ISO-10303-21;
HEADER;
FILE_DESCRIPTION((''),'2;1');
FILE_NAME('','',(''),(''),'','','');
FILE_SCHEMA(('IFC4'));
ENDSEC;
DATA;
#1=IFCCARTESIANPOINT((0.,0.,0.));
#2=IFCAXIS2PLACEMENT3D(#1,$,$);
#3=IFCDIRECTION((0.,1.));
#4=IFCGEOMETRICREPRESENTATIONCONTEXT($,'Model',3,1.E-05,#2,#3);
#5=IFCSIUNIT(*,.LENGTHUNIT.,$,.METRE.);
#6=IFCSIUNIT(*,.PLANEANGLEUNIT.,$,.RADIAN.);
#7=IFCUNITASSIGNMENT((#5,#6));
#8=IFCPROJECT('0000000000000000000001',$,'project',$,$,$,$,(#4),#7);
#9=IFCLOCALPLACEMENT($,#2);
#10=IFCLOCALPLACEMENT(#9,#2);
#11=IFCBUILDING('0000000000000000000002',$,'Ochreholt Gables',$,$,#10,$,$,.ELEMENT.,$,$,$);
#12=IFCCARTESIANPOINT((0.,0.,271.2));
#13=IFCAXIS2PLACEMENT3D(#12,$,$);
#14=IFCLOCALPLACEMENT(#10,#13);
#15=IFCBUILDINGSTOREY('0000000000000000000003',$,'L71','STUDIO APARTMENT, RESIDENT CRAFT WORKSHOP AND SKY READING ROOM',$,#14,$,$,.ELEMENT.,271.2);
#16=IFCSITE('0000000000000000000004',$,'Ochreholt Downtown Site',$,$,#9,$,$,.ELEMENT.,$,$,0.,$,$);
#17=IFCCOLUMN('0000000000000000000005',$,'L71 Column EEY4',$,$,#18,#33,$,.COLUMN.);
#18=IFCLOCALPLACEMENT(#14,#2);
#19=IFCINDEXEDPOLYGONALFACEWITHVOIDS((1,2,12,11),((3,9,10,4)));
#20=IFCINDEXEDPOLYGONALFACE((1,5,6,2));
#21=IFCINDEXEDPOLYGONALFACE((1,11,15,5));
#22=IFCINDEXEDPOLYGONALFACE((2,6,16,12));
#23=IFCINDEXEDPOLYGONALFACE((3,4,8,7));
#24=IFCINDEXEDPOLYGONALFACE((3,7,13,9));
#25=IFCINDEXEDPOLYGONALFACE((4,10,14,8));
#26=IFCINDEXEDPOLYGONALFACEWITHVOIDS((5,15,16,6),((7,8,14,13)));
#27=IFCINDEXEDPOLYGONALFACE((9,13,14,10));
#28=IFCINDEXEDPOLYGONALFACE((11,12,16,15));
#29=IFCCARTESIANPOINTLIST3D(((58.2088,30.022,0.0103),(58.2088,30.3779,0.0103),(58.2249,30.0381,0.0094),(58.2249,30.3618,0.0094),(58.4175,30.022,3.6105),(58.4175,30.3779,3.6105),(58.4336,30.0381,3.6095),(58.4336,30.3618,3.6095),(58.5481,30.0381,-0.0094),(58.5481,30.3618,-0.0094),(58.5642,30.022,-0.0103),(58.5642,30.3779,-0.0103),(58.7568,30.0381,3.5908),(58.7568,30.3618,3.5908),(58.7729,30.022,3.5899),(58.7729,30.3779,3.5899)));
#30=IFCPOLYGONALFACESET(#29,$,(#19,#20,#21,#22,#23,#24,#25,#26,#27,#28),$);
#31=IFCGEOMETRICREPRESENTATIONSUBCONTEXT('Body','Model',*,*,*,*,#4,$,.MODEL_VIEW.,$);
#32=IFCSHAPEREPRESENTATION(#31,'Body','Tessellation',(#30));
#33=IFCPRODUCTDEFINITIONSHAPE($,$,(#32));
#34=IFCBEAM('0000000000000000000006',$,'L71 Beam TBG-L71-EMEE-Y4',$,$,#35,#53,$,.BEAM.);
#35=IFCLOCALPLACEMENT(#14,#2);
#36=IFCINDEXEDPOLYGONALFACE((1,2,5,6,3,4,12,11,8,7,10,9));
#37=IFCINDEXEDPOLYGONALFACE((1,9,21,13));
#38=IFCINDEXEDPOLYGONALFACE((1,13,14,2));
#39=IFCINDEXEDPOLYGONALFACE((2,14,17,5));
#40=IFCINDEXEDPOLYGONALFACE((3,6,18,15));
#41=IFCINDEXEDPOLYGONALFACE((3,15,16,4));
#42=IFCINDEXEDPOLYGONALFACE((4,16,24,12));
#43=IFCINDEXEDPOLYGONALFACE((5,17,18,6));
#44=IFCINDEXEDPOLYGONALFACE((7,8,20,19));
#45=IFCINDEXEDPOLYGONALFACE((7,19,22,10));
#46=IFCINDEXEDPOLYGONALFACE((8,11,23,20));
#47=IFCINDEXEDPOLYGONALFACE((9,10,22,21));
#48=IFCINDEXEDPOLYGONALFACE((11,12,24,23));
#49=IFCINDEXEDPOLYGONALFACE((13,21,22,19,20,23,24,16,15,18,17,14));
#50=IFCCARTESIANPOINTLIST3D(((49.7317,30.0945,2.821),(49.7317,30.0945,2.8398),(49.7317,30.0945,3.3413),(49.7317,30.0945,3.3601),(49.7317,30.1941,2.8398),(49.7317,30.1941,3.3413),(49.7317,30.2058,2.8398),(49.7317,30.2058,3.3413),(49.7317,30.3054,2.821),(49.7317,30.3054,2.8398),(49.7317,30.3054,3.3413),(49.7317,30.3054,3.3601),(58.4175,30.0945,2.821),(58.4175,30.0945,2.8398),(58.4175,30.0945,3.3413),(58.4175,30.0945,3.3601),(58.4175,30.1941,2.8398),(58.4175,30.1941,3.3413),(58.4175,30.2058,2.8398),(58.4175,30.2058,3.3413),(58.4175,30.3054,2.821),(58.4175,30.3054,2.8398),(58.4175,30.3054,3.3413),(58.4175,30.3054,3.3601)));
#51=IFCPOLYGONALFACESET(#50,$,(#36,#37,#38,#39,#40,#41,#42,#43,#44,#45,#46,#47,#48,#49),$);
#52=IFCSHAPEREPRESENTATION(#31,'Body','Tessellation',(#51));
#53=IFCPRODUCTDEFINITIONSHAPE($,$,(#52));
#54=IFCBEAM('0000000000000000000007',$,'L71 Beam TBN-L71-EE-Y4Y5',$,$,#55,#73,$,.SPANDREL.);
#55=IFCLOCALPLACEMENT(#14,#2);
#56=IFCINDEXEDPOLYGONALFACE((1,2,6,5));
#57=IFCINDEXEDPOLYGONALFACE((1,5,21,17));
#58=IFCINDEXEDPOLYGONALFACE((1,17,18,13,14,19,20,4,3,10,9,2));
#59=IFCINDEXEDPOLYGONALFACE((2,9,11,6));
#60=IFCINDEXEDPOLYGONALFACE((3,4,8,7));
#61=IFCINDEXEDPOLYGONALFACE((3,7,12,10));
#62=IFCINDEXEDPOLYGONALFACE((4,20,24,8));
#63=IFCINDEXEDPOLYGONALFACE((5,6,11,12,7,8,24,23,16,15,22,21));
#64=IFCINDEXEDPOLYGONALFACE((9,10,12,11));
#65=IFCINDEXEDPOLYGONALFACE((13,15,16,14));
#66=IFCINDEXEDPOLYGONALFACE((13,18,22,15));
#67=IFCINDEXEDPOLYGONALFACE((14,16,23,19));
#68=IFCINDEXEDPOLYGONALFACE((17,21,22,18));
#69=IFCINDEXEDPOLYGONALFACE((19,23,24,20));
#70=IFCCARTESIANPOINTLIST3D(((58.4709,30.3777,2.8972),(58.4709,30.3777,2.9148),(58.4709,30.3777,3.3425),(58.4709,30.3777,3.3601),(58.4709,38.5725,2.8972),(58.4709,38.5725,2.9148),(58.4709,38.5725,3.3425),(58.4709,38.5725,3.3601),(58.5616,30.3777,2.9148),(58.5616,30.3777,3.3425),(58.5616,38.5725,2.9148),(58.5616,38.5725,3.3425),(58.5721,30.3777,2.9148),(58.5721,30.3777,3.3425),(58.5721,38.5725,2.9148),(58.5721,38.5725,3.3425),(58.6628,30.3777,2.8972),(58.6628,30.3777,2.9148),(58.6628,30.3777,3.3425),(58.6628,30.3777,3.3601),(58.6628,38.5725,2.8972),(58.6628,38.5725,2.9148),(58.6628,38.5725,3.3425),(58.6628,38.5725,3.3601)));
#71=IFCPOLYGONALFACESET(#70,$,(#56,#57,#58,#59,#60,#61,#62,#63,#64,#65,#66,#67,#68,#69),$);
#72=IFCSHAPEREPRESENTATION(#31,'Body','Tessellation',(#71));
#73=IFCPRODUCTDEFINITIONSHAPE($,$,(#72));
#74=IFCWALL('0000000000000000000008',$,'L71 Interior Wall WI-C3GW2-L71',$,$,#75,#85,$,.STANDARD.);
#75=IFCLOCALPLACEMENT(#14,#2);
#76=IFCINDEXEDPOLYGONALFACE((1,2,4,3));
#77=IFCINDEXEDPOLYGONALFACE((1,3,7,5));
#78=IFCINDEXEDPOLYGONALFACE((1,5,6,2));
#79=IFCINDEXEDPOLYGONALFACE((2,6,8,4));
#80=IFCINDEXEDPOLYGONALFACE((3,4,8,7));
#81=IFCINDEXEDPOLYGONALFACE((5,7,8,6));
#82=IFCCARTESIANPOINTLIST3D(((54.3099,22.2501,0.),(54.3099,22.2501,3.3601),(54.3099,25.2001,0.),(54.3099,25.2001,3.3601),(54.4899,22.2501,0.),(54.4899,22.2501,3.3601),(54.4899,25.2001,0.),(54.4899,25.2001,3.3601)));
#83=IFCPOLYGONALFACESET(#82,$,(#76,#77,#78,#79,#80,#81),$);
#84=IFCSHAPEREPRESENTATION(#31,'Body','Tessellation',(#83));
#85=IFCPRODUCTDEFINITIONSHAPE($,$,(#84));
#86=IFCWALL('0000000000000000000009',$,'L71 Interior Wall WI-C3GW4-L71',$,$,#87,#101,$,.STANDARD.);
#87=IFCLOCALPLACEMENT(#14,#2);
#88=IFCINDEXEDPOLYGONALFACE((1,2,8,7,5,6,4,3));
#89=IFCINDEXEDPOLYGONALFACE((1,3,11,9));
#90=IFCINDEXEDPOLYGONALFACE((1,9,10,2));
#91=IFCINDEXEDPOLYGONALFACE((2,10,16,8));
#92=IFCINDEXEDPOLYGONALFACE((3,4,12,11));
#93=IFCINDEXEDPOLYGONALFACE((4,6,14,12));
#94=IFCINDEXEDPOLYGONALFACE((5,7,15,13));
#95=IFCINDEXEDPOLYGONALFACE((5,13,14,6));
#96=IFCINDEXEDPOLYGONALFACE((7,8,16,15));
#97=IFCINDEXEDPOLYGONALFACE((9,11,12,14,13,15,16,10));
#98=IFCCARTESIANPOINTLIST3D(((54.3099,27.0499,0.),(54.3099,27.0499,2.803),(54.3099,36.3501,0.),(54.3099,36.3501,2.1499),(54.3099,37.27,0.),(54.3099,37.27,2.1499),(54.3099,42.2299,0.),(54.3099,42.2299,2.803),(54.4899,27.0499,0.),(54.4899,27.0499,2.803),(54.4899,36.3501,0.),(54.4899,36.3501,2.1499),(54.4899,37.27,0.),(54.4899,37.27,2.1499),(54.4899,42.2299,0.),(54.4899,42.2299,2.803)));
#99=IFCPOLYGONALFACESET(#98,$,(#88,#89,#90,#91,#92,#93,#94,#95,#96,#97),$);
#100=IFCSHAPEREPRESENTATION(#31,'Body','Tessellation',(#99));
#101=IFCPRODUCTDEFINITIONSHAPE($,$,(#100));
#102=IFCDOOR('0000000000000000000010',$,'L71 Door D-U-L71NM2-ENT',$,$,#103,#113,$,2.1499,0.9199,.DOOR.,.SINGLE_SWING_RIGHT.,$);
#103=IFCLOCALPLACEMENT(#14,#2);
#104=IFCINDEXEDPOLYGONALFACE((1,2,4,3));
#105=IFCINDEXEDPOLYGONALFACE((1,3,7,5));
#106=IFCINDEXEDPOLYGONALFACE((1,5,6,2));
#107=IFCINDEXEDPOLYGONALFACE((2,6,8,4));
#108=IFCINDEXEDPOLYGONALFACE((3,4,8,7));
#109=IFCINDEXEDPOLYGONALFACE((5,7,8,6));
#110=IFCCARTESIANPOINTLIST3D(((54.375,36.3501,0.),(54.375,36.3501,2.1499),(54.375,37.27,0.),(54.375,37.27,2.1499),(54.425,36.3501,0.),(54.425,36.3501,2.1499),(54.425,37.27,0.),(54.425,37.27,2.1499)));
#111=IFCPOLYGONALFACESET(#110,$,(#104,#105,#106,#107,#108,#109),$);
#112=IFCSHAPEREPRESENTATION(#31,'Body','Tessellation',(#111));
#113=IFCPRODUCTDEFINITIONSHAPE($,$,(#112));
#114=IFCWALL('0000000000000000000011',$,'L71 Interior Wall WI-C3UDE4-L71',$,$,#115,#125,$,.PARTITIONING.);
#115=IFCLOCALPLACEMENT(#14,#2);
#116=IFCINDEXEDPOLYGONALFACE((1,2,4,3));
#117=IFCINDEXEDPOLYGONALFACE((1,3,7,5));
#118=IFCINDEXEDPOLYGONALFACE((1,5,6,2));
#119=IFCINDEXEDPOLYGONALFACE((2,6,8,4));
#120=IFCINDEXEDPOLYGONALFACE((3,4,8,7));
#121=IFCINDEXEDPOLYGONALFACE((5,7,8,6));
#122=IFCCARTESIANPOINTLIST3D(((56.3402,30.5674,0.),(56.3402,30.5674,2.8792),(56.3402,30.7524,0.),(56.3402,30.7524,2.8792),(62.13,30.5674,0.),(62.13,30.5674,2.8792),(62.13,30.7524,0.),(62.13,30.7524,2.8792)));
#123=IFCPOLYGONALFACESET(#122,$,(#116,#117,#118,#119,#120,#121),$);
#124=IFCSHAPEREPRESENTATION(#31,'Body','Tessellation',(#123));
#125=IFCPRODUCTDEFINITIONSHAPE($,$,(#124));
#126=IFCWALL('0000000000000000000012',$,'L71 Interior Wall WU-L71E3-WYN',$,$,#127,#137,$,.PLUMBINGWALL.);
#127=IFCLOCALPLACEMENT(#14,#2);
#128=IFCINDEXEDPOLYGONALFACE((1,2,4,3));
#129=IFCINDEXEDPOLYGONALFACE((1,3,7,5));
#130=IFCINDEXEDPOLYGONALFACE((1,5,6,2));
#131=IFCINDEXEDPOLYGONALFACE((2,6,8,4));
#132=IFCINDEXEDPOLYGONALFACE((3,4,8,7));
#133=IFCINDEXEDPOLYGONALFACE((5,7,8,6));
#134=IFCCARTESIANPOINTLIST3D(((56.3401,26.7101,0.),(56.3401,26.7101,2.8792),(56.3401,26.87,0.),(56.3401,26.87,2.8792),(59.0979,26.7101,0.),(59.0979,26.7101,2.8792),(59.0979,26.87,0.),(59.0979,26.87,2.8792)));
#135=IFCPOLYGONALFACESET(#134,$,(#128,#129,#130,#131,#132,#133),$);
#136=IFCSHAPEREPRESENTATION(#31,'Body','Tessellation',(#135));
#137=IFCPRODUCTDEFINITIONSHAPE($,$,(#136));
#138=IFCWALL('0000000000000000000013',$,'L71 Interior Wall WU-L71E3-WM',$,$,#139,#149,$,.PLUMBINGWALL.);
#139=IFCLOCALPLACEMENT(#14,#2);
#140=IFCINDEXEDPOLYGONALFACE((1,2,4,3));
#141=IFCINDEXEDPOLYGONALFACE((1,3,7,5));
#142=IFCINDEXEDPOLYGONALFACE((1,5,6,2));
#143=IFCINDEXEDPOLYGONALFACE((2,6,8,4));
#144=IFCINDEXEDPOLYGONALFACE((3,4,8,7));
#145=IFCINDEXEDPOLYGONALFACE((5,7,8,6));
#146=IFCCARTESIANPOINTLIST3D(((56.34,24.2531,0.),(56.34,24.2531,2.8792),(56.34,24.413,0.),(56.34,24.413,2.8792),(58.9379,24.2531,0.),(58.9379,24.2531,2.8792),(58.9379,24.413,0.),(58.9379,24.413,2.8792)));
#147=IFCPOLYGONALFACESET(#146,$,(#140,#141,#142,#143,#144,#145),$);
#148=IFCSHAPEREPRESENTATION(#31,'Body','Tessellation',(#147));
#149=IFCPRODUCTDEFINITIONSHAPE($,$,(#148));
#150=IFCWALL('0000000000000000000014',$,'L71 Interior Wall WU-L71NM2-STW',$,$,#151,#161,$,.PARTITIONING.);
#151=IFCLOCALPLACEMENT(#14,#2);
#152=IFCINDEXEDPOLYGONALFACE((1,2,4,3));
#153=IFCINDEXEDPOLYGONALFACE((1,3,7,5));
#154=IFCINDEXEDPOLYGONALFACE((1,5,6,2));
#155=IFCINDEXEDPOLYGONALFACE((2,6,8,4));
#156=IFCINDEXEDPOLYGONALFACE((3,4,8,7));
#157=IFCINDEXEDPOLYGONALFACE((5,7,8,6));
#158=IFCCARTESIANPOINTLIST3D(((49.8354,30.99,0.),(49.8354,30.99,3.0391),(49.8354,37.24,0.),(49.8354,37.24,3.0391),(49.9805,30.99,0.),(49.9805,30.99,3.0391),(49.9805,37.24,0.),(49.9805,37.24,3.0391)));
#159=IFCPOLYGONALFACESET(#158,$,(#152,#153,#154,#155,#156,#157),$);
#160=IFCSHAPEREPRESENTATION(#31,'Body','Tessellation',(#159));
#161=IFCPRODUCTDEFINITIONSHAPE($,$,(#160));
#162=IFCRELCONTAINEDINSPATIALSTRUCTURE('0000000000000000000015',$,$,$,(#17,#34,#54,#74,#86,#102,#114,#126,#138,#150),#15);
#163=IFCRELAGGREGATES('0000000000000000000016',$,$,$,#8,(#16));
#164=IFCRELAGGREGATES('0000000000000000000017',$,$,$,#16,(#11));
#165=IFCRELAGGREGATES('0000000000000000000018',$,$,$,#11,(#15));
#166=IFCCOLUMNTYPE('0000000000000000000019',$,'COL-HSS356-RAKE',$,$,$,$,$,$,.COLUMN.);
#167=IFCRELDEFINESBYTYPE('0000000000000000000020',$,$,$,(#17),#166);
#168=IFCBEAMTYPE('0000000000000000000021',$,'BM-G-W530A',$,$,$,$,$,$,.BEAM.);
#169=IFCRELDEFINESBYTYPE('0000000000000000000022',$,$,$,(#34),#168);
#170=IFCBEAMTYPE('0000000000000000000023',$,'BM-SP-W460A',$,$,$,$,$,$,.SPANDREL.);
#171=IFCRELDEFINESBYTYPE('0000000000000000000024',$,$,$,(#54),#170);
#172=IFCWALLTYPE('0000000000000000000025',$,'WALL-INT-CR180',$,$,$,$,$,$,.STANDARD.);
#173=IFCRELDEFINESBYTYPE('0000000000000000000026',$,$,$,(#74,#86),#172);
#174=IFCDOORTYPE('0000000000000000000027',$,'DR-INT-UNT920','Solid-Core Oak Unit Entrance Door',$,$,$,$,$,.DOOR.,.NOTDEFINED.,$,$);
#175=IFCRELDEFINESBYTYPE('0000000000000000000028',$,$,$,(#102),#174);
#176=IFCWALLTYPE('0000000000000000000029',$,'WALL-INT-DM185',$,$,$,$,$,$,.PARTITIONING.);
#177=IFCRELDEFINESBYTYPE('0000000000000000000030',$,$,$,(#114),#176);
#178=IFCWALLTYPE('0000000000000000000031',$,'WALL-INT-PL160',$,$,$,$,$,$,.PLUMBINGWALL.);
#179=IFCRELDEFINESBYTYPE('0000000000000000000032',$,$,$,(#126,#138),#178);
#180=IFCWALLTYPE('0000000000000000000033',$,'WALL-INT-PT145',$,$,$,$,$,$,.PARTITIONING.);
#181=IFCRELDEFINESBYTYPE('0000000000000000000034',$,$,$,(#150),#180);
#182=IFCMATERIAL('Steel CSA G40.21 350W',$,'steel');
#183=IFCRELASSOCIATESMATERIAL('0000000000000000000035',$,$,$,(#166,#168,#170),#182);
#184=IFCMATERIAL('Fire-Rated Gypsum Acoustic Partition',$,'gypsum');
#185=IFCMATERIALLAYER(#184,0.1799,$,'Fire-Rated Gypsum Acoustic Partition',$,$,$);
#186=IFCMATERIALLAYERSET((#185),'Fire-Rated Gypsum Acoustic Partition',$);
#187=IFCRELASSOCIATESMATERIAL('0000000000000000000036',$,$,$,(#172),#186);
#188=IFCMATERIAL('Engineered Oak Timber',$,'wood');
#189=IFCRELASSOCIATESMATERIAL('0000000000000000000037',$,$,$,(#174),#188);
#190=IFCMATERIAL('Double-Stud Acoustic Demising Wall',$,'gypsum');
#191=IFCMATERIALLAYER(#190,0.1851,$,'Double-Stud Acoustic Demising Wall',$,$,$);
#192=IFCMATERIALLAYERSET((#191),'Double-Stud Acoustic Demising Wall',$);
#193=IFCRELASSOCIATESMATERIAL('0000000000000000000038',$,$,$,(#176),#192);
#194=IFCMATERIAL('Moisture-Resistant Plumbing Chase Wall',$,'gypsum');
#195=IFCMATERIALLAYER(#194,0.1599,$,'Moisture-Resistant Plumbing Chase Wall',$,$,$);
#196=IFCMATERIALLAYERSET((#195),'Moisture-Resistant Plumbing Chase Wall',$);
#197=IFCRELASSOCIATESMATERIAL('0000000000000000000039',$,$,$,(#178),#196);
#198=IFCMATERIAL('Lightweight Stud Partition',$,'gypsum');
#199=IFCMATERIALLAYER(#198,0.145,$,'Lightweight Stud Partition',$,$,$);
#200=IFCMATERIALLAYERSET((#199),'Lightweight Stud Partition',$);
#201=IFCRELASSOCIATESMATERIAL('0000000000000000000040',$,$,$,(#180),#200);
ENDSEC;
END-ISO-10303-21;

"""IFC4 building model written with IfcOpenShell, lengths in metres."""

from ifc_helpers import new_model, si_unit, direction, frame, frame_2d, origin, origin_2d, place, context, subcontext, project, spatial, rectangle, hollow_rectangle, i_section, extrude, material, layer, layer_set, material_profile, profile_set, type_object, element, fill, save


model = new_model("IFC4")

# Units and contexts
model_context = context("Model", 3, precision=1e-05, world=origin(), true_north=direction((0.0, 1.0)))
body_context = subcontext(model_context, "Body", "Model", "MODEL_VIEW")
ifc_project = project(units=[si_unit("LENGTHUNIT", "METRE"), si_unit("PLANEANGLEUNIT", "RADIAN")], contexts=[model_context])

# Site, building, storey
site_placement = place(None, origin())
site = spatial("IfcSite", under=ifc_project, at=site_placement, Name="Ochreholt Downtown Site", CompositionType="ELEMENT", RefElevation=0.0)
building_placement = place(site_placement, origin())
building = spatial("IfcBuilding", under=site, at=building_placement, Name="Ochreholt Gables", CompositionType="ELEMENT")
storey_placement = place(building_placement, frame((0.0, 0.0, 271.2)))
storey = spatial("IfcBuildingStorey", under=building, at=storey_placement, Name="L71", Description="STUDIO APARTMENT, RESIDENT CRAFT WORKSHOP AND SKY READING ROOM", CompositionType="ELEMENT", Elevation=271.2)

# Column
ifc_material_1 = material(Name="Steel CSA G40.21 350W", Category="steel")
ifc_material_profile_1 = material_profile(ifc_material_1, hollow_rectangle(XDim=0.356, YDim=0.356, WallThickness=0.0161, at=origin_2d()), Name="HSS356X356X16")
ifc_profile_set_1 = profile_set([ifc_material_profile_1], Name="Steel CSA G40.21 350W")
column_type = type_object("IfcColumnType", Name="COL-HSS356-RAKE", PredefinedType="COLUMN", material=ifc_profile_set_1)
column_placement = place(storey_placement, frame((58.3865, 30.2, 0.0), z_axis=(0.057885, 0.0, 0.998323), x_axis=(0.0, 1.0, 0.0)))
element("IfcColumn", 1, at=column_placement, inside=storey, type_object=column_type, Name="L71 Column EEY4", PredefinedType="COLUMN", context=body_context, shape_type="SweptSolid", body=[
    extrude(hollow_rectangle(XDim=0.356, YDim=0.356, WallThickness=0.0161, at=origin_2d()), origin(), (0.0, 0.0, 1.0), 3.6062),
])

# Beams
ifc_material_profile_2 = material_profile(ifc_material_1, i_section(OverallWidth=0.2109, OverallDepth=0.5391, WebThickness=0.0117, FlangeThickness=0.0188, at=origin_2d()), Name="W530X109")
ifc_profile_set_2 = profile_set([ifc_material_profile_2], Name="Steel CSA G40.21 350W")
beam_type_1 = type_object("IfcBeamType", Name="BM-G-W530A", PredefinedType="BEAM", material=ifc_profile_set_2)
beam_1_placement = place(storey_placement, frame((49.7317, 30.2, 3.0906), z_axis=(1.0, 0.0, 0.0), x_axis=(0.0, 1.0, 0.0)))
element("IfcBeam", 2, at=beam_1_placement, inside=storey, type_object=beam_type_1, Name="L71 Beam TBG-L71-EMEE-Y4", PredefinedType="BEAM", context=body_context, shape_type="SweptSolid", body=[
    extrude(i_section(OverallWidth=0.2109, OverallDepth=0.5391, WebThickness=0.0117, FlangeThickness=0.0188, at=origin_2d()), origin(), (0.0, 0.0, 1.0), 8.6858),
])
ifc_material_profile_3 = material_profile(ifc_material_1, i_section(OverallWidth=0.1919, OverallDepth=0.4629, WebThickness=0.0105, FlangeThickness=0.0176, at=origin_2d()), Name="W460X89")
ifc_profile_set_3 = profile_set([ifc_material_profile_3], Name="Steel CSA G40.21 350W")
beam_type_2 = type_object("IfcBeamType", Name="BM-SP-W460A", PredefinedType="SPANDREL", material=ifc_profile_set_3)
beam_2_placement = place(storey_placement, frame((58.5669, 30.3777, 3.1287), z_axis=(0.0, 1.0, 0.0), x_axis=(-1.0, 0.0, 0.0)))
element("IfcBeam", 3, at=beam_2_placement, inside=storey, type_object=beam_type_2, Name="L71 Beam TBN-L71-EE-Y4Y5", PredefinedType="SPANDREL", context=body_context, shape_type="SweptSolid", body=[
    extrude(i_section(OverallWidth=0.1919, OverallDepth=0.4629, WebThickness=0.0105, FlangeThickness=0.0176, at=origin_2d()), origin(), (0.0, 0.0, 1.0), 8.1948),
])

# Wall
ifc_material_2 = material(Name="Fire-Rated Gypsum Acoustic Partition", Category="gypsum")
ifc_layer_1 = layer(ifc_material_2, 0.1799, Name="Fire-Rated Gypsum Acoustic Partition")
ifc_layer_set_1 = layer_set([ifc_layer_1], Name="Fire-Rated Gypsum Acoustic Partition")
wall_type_1 = type_object("IfcWallType", Name="WALL-INT-CR180", PredefinedType="STANDARD", material=ifc_layer_set_1)
wall_1_placement = place(storey_placement, frame((54.3999, 22.25, 0.0), z_axis=(0.0, 0.0, 1.0), x_axis=(0.0, 1.0, 0.0)))
element("IfcWall", 4, at=wall_1_placement, inside=storey, type_object=wall_type_1, Name="L71 Interior Wall WI-C3GW2-L71", PredefinedType="STANDARD", context=body_context, shape_type="SweptSolid", body=[
    extrude(rectangle(XDim=2.95, YDim=0.1799, at=frame_2d((1.4751, 0.0))), origin(), (0.0, 0.0, 1.0), 3.3601),
])

# Wall, opening, door
wall_2_placement = place(storey_placement, frame((54.3999, 27.05, 0.0), z_axis=(0.0, 0.0, 1.0), x_axis=(0.0, 1.0, 0.0)))
wall_2 = element("IfcWall", 5, at=wall_2_placement, inside=storey, type_object=wall_type_1, Name="L71 Interior Wall WI-C3GW4-L71", PredefinedType="STANDARD", context=body_context, shape_type="SweptSolid", body=[
    extrude(rectangle(XDim=15.1799, YDim=0.1799, at=frame_2d((7.5898, 0.0))), origin(), (0.0, 0.0, 1.0), 2.803),
])
opening_1_placement = place(wall_2_placement, frame((9.3, 0.0, 0.0)))
opening_1 = element("IfcOpeningElement", 6, at=opening_1_placement, cuts=wall_2, PredefinedType="OPENING", context=body_context, shape_type="SweptSolid", body=[
    extrude(rectangle(XDim=0.9199, YDim=2.1499, at=frame_2d((0.46, 1.075))), frame((0.0, 0.0999, 0.0), z_axis=(0.0, -1.0, 0.0), x_axis=(1.0, 0.0, 0.0)), (0.0, 0.0, 1.0), 0.2),
])
ifc_material_3 = material(Name="Engineered Oak Timber", Category="wood")
door_type_1 = type_object("IfcDoorType", Name="DR-INT-UNT920", Description="Solid-Core Oak Unit Entrance Door", OperationType="NOTDEFINED", PredefinedType="DOOR", material=ifc_material_3)
door_1_placement = place(opening_1_placement, origin())
door_1 = element("IfcDoor", 7, at=door_1_placement, inside=storey, type_object=door_type_1, Name="L71 Door D-U-L71NM2-ENT", OperationType="SINGLE_SWING_RIGHT", OverallHeight=2.1499, OverallWidth=0.9199, PredefinedType="DOOR", context=body_context, shape_type="SweptSolid", body=[
    extrude(rectangle(XDim=0.9199, YDim=2.1499, at=frame_2d((0.46, 1.075))), frame((0.0, 0.0249, 0.0), z_axis=(0.0, -1.0, 0.0), x_axis=(1.0, 0.0, 0.0)), (0.0, 0.0, 1.0), 0.05),
])
fill(opening_1, door_1)

# Walls
ifc_material_4 = material(Name="Double-Stud Acoustic Demising Wall", Category="gypsum")
ifc_layer_2 = layer(ifc_material_4, 0.1851, Name="Double-Stud Acoustic Demising Wall")
ifc_layer_set_2 = layer_set([ifc_layer_2], Name="Double-Stud Acoustic Demising Wall")
wall_type_2 = type_object("IfcWallType", Name="WALL-INT-DM185", PredefinedType="PARTITIONING", material=ifc_layer_set_2)
wall_3_placement = place(storey_placement, frame((56.3401, 30.6599, 0.0), z_axis=(0.0, 0.0, 1.0), x_axis=(1.0, 0.0, 0.0)))
element("IfcWall", 8, at=wall_3_placement, inside=storey, type_object=wall_type_2, Name="L71 Interior Wall WI-C3UDE4-L71", PredefinedType="PARTITIONING", context=body_context, shape_type="SweptSolid", body=[
    extrude(rectangle(XDim=5.7898, YDim=0.1851, at=frame_2d((2.895, 0.0))), origin(), (0.0, 0.0, 1.0), 2.8792),
])
ifc_material_5 = material(Name="Moisture-Resistant Plumbing Chase Wall", Category="gypsum")
ifc_layer_3 = layer(ifc_material_5, 0.1599, Name="Moisture-Resistant Plumbing Chase Wall")
ifc_layer_set_3 = layer_set([ifc_layer_3], Name="Moisture-Resistant Plumbing Chase Wall")
wall_type_3 = type_object("IfcWallType", Name="WALL-INT-PL160", PredefinedType="PLUMBINGWALL", material=ifc_layer_set_3)
wall_4_placement = place(storey_placement, frame((56.3401, 26.79, 0.0), z_axis=(0.0, 0.0, 1.0), x_axis=(1.0, 0.0, 0.0)))
element("IfcWall", 9, at=wall_4_placement, inside=storey, type_object=wall_type_3, Name="L71 Interior Wall WU-L71E3-WYN", PredefinedType="PLUMBINGWALL", context=body_context, shape_type="SweptSolid", body=[
    extrude(rectangle(XDim=2.7578, YDim=0.1599, at=frame_2d((1.3789, 0.0))), origin(), (0.0, 0.0, 1.0), 2.8792),
])

# Wall
wall_5_placement = place(storey_placement, frame((56.3401, 24.333, 0.0), z_axis=(0.0, 0.0, 1.0), x_axis=(1.0, 0.0, 0.0)))
element("IfcWall", 10, at=wall_5_placement, inside=storey, type_object=wall_type_3, Name="L71 Interior Wall WU-L71E3-WM", PredefinedType="PLUMBINGWALL", context=body_context, shape_type="SweptSolid", body=[
    extrude(rectangle(XDim=2.5979, YDim=0.1599, at=frame_2d((1.2988, 0.0))), origin(), (0.0, 0.0, 1.0), 2.8792),
])

# Wall
ifc_material_6 = material(Name="Lightweight Stud Partition", Category="gypsum")
ifc_layer_4 = layer(ifc_material_6, 0.145, Name="Lightweight Stud Partition")
ifc_layer_set_4 = layer_set([ifc_layer_4], Name="Lightweight Stud Partition")
wall_type_4 = type_object("IfcWallType", Name="WALL-INT-PT145", PredefinedType="PARTITIONING", material=ifc_layer_set_4)
wall_6_placement = place(storey_placement, frame((49.908, 30.99, 0.0), z_axis=(0.0, 0.0, 1.0), x_axis=(0.0, 1.0, 0.0)))
element("IfcWall", 11, at=wall_6_placement, inside=storey, type_object=wall_type_4, Name="L71 Interior Wall WU-L71NM2-STW", PredefinedType="PARTITIONING", context=body_context, shape_type="SweptSolid", body=[
    extrude(rectangle(XDim=6.25, YDim=0.145, at=frame_2d((3.125, 0.0))), origin(), (0.0, 0.0, 1.0), 3.0391),
])

save(model, "model.ifc")
